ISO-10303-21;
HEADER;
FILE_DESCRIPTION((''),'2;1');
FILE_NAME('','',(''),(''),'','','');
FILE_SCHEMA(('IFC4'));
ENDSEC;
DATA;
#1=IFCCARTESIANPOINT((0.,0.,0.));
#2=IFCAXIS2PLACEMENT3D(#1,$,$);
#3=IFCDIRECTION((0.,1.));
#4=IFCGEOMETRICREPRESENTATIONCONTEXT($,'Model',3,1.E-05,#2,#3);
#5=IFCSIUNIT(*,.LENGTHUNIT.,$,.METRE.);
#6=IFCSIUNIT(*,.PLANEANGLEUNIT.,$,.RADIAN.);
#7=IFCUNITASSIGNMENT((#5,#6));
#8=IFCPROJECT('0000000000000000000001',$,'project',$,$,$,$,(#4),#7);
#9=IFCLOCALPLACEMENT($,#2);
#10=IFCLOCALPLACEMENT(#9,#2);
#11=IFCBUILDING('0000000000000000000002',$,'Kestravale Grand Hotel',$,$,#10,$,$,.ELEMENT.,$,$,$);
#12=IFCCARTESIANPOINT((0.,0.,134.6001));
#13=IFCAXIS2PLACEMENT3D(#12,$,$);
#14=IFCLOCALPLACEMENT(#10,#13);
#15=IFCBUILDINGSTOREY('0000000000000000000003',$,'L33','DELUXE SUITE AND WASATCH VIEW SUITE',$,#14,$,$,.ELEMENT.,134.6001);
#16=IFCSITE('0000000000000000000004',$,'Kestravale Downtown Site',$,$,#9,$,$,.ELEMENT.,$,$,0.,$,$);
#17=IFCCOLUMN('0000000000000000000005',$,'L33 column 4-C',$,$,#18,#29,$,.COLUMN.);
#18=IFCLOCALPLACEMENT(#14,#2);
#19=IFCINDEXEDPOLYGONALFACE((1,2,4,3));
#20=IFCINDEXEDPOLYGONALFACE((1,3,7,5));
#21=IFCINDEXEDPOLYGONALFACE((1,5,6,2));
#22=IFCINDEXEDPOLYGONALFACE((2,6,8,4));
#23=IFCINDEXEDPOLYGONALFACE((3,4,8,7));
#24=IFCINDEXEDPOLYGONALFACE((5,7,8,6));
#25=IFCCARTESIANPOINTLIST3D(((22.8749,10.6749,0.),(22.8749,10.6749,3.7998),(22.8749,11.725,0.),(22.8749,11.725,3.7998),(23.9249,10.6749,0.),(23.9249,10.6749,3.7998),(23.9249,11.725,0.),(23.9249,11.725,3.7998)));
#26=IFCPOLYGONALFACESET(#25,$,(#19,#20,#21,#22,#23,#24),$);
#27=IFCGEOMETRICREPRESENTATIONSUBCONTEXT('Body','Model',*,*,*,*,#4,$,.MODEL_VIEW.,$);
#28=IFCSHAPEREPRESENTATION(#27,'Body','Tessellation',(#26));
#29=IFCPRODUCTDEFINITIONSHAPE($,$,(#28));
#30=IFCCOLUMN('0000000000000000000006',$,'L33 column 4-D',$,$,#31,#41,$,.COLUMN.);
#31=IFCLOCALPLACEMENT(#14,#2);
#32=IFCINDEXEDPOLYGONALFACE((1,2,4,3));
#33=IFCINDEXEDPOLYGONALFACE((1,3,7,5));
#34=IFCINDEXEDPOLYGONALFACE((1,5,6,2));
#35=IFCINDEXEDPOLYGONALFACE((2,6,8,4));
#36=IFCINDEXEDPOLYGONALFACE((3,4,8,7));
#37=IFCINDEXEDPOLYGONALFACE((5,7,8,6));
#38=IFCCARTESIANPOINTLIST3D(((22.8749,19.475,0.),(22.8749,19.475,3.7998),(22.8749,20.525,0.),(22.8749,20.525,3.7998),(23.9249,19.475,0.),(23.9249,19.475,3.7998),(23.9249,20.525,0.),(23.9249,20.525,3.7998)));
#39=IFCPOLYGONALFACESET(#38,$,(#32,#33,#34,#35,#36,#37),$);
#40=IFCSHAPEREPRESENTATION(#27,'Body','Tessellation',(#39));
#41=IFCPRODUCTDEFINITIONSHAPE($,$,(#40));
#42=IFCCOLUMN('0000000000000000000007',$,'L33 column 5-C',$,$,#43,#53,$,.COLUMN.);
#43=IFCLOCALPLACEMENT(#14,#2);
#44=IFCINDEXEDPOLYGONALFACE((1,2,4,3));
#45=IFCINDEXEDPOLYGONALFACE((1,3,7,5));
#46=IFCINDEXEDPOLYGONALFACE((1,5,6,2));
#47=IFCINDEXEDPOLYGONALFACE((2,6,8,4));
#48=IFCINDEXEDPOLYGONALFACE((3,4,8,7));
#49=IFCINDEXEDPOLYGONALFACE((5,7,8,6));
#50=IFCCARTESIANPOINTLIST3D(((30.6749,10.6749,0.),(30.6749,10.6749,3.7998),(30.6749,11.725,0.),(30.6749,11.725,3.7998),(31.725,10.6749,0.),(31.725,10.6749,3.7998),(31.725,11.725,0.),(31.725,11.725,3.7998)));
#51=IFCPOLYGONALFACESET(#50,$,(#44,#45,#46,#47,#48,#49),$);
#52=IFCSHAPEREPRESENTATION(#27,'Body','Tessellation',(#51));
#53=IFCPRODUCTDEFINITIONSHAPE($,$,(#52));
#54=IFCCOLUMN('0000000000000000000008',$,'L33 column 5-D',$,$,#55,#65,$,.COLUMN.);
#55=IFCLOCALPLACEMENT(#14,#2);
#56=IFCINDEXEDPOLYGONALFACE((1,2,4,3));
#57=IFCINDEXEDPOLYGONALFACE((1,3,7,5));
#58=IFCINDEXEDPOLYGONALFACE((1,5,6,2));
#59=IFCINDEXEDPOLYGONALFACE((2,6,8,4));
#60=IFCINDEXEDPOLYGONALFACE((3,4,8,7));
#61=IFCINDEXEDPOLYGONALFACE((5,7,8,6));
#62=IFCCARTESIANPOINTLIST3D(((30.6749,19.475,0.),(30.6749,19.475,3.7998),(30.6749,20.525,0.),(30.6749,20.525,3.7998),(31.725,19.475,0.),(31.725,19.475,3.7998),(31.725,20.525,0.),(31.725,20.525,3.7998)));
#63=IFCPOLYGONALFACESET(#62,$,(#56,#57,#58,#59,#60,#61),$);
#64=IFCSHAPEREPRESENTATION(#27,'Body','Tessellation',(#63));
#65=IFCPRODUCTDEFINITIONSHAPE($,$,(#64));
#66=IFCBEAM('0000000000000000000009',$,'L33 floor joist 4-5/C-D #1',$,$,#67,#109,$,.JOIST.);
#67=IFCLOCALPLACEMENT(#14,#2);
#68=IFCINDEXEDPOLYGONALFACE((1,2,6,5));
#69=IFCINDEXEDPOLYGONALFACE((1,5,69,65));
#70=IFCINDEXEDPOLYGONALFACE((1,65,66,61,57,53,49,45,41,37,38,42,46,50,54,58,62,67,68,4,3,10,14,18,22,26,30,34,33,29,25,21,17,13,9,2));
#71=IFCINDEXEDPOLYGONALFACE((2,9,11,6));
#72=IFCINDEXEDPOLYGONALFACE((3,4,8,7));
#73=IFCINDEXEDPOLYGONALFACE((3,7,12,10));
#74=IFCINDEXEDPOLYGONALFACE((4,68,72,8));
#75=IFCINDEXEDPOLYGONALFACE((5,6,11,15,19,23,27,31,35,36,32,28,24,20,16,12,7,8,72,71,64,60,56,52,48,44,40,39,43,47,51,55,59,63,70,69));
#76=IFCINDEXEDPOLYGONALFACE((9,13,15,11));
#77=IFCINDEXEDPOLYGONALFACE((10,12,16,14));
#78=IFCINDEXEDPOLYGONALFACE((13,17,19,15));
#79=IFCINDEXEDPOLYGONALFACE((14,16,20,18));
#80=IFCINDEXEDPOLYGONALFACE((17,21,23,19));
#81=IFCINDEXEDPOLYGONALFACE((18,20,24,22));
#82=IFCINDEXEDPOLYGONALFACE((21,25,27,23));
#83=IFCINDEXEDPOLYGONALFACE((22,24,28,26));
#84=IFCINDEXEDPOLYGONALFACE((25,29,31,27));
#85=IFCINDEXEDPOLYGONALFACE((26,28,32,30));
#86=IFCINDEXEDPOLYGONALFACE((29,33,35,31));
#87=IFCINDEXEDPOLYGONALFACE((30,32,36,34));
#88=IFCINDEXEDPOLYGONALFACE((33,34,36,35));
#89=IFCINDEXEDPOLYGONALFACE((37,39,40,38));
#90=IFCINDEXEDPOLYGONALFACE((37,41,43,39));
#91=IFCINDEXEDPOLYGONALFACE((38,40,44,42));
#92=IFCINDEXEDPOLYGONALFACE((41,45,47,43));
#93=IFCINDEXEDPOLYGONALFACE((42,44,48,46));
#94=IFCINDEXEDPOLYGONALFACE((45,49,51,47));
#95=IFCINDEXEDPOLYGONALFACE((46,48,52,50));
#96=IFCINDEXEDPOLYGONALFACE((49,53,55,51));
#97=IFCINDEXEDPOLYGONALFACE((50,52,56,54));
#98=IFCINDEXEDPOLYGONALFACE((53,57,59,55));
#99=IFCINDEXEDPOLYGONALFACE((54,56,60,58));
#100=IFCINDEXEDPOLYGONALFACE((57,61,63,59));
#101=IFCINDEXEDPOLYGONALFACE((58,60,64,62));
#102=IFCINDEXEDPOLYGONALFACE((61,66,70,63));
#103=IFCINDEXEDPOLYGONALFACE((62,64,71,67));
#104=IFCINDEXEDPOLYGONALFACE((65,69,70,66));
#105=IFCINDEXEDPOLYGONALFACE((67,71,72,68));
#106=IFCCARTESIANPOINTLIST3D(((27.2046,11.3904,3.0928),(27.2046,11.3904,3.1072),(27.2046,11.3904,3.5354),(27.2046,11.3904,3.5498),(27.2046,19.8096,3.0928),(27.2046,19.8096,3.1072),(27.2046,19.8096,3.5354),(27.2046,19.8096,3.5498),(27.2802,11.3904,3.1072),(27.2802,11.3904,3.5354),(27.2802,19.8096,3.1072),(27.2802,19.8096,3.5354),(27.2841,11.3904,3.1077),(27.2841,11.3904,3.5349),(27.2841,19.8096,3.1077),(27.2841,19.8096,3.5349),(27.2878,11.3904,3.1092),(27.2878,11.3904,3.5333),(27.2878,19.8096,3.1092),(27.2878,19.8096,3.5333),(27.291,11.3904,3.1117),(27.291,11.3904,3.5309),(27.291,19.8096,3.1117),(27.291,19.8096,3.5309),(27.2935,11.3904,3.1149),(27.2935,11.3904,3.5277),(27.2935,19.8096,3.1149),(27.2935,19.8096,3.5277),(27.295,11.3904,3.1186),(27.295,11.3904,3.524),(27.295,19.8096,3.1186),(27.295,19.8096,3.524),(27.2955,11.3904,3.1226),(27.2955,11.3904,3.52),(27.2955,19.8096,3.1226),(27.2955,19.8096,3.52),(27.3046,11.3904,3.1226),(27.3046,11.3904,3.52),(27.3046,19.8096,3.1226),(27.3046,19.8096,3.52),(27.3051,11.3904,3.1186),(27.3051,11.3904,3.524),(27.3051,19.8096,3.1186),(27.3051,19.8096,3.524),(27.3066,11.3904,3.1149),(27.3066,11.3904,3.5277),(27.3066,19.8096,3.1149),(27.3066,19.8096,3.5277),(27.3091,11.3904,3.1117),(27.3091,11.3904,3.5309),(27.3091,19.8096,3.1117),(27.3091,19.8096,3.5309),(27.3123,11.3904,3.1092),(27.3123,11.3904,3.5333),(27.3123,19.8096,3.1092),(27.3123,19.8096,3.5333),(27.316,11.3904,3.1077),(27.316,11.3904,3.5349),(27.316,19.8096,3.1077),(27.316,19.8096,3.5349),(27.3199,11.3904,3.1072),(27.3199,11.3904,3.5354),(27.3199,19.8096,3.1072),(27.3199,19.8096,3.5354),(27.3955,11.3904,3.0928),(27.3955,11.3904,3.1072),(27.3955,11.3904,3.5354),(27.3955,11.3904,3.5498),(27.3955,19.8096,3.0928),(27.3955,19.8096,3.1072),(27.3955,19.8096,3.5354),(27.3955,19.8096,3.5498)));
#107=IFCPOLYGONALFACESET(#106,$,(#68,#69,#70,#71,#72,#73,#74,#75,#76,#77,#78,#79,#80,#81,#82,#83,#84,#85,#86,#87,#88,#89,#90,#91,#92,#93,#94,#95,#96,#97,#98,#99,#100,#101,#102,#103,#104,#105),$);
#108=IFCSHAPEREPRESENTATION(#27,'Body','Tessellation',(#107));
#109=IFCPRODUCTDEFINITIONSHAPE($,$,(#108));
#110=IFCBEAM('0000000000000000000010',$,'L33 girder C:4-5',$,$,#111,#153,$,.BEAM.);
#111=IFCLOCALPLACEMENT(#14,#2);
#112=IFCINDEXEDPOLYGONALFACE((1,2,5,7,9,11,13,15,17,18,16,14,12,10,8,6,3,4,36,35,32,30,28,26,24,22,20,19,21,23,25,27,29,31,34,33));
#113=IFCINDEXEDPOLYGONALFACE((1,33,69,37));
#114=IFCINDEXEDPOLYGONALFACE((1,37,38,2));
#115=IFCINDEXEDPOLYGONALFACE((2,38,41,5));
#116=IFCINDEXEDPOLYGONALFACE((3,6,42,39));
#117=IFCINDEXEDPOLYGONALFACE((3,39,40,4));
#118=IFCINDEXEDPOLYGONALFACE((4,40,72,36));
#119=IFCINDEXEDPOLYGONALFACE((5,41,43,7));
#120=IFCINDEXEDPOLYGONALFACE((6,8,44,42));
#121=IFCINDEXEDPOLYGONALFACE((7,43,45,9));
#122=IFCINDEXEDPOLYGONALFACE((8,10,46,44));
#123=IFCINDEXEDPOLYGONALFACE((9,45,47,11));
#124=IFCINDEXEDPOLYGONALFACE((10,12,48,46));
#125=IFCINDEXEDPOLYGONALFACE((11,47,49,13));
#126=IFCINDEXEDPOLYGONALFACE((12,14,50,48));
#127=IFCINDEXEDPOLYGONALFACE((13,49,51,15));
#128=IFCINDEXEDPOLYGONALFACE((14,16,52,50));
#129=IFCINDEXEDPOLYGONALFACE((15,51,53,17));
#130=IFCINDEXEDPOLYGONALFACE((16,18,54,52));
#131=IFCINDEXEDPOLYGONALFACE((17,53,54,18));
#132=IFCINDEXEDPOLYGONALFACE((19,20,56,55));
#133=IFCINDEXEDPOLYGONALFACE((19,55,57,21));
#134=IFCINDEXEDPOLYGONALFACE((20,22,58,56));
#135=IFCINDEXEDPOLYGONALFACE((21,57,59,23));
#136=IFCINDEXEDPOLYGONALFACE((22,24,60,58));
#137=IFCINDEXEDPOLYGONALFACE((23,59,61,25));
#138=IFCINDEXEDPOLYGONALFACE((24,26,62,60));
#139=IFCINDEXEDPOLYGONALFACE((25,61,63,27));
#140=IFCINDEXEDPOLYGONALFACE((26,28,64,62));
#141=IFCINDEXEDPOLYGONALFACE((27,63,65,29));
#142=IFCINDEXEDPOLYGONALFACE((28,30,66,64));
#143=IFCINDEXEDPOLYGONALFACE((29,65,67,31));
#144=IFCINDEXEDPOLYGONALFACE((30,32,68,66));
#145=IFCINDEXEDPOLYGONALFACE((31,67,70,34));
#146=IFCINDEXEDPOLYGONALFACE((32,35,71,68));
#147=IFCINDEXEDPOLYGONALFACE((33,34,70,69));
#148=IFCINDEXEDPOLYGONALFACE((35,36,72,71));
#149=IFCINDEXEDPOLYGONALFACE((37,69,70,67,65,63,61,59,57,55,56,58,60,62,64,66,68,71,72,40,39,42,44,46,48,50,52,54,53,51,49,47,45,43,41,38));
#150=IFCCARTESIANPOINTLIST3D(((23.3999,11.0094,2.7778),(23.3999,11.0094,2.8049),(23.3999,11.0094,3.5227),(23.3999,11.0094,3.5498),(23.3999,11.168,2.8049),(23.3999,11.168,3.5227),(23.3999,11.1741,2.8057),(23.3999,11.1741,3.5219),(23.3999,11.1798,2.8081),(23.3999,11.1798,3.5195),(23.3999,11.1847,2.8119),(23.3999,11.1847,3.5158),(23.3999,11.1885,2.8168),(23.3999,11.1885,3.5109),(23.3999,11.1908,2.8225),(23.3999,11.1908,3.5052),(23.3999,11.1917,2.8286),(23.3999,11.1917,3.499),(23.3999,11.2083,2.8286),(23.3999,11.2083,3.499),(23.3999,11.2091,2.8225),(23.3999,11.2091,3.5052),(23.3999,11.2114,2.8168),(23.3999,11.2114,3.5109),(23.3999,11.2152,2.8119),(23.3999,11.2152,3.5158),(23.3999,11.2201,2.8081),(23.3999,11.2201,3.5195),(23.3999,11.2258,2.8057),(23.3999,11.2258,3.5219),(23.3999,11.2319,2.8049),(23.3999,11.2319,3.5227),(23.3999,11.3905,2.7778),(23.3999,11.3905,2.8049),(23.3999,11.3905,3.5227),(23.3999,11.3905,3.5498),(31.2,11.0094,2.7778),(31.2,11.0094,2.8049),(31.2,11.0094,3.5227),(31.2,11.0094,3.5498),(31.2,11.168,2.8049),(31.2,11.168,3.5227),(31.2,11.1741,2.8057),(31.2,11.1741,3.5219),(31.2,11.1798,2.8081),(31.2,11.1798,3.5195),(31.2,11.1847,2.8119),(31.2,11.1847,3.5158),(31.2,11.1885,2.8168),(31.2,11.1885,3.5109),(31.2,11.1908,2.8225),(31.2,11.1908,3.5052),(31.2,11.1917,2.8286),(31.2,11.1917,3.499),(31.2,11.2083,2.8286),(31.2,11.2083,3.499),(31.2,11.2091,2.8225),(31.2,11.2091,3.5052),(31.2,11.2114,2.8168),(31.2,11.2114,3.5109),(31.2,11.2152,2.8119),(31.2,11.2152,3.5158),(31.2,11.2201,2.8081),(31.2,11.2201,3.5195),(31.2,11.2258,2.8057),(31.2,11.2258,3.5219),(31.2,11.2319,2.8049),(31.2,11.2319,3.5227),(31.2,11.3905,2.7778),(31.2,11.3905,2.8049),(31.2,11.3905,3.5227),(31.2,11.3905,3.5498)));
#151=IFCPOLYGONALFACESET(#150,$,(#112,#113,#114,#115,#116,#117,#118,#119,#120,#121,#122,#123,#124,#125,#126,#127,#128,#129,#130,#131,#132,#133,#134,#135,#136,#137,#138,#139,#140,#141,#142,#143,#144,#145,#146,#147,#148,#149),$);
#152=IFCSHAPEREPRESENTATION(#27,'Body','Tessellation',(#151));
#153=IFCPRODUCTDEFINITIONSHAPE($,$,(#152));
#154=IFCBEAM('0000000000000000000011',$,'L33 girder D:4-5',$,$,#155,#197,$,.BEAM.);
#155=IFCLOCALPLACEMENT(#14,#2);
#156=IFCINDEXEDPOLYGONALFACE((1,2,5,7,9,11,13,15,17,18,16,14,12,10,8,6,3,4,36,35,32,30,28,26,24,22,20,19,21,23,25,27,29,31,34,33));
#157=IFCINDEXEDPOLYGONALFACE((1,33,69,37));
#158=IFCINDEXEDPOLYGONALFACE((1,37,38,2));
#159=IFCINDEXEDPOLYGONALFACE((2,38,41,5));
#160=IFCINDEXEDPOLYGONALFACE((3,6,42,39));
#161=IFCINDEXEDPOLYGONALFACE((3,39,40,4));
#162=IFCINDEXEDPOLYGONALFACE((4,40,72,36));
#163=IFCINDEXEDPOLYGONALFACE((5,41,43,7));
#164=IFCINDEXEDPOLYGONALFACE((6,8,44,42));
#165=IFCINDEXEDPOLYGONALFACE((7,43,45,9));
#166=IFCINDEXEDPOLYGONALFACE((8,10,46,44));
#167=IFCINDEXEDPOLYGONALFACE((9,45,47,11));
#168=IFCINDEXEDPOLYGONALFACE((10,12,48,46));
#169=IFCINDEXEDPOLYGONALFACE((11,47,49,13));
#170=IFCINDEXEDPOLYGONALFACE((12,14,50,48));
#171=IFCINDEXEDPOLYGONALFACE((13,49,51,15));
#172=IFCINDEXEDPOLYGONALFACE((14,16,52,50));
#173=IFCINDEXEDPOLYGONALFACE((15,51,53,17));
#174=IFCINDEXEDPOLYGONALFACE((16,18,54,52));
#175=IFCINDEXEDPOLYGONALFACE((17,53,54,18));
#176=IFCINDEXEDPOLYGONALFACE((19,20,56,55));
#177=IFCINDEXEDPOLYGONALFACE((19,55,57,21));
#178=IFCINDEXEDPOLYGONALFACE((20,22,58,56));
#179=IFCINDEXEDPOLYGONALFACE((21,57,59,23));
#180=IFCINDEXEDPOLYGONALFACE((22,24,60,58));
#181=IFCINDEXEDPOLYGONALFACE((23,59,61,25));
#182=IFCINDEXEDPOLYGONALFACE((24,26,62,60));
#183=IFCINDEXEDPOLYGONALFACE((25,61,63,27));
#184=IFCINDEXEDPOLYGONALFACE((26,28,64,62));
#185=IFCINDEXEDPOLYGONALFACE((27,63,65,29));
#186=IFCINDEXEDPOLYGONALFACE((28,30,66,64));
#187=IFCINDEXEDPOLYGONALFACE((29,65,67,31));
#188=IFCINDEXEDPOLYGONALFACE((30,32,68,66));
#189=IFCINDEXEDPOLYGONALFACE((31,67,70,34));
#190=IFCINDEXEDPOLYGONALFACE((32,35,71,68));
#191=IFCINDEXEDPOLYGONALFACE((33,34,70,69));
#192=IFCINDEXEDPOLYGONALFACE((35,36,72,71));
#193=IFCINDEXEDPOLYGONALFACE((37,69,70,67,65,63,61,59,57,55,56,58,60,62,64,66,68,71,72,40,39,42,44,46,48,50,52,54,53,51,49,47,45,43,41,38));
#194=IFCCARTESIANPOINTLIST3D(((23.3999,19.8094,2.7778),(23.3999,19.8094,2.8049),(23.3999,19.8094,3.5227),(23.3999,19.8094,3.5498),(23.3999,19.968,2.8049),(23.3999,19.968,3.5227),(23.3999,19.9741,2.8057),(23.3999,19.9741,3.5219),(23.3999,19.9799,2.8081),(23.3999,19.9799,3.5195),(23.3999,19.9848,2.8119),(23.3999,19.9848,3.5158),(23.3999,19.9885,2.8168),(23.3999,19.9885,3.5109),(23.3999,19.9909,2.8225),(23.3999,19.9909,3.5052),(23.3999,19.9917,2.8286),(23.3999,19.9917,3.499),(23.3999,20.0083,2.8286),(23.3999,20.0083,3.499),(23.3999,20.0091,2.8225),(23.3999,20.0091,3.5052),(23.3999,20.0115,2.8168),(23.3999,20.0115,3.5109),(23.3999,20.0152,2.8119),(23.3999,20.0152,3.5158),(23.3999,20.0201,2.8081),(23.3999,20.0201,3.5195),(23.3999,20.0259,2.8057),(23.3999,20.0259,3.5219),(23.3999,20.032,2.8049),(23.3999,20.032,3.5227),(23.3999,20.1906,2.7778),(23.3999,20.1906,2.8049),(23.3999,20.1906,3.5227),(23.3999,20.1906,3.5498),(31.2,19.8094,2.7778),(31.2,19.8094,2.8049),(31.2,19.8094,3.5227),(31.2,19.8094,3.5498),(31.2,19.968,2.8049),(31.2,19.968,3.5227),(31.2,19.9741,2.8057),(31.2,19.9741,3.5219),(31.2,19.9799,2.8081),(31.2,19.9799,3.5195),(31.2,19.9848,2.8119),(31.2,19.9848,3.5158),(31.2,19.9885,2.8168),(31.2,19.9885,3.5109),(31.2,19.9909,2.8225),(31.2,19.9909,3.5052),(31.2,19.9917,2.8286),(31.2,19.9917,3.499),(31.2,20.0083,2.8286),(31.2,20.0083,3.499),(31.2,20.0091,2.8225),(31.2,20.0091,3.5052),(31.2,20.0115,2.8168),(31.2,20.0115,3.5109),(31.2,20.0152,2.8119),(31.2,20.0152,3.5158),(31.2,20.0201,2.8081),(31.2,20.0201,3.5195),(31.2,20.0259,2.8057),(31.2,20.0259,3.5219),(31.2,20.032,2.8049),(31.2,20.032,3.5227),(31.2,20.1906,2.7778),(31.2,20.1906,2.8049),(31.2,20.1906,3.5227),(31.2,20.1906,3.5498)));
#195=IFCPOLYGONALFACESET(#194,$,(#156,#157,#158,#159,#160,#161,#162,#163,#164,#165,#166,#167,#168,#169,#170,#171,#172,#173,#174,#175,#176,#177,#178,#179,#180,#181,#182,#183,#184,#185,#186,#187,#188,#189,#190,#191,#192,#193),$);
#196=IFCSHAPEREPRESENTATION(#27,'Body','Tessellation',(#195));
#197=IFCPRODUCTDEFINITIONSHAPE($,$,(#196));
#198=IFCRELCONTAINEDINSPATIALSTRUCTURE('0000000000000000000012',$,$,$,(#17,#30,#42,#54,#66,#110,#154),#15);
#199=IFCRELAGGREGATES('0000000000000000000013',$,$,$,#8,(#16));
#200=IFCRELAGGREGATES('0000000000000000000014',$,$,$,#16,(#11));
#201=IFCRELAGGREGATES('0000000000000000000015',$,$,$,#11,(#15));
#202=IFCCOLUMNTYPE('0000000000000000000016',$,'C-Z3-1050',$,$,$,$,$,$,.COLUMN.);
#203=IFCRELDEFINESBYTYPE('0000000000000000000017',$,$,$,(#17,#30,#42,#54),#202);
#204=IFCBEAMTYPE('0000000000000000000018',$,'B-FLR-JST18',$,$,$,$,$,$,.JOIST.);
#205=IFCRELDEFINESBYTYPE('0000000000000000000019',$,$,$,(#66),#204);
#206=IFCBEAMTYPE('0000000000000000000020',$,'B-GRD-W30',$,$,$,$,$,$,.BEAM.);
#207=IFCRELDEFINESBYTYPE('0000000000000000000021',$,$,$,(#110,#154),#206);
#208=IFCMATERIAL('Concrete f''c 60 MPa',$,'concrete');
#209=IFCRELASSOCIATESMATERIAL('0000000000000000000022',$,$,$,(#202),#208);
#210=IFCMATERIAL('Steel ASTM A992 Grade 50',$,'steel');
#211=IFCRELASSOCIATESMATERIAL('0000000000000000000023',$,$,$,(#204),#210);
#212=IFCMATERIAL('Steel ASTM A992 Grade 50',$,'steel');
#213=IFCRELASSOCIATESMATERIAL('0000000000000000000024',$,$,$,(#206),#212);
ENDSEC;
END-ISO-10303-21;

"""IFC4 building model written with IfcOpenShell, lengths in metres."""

from ifc_helpers import new_model, si_unit, direction, frame, origin, origin_2d, place, context, subcontext, project, spatial, rectangle, i_section, extrude, material, material_profile, profile_set, type_object, element, save


model = new_model("IFC4")

# Units and contexts
model_context = context("Model", 3, precision=1e-05, world=origin(), true_north=direction((0.0, 1.0)))
body_context = subcontext(model_context, "Body", "Model", "MODEL_VIEW")
ifc_project = project(units=[si_unit("LENGTHUNIT", "METRE"), si_unit("PLANEANGLEUNIT", "RADIAN")], contexts=[model_context])

# Site, building, storey
site_placement = place(None, origin())
site = spatial("IfcSite", under=ifc_project, at=site_placement, Name="Kestravale Downtown Site", CompositionType="ELEMENT", RefElevation=0.0)
building_placement = place(site_placement, origin())
building = spatial("IfcBuilding", under=site, at=building_placement, Name="Kestravale Grand Hotel", CompositionType="ELEMENT")
storey_placement = place(building_placement, frame((0.0, 0.0, 134.6001)))
storey = spatial("IfcBuildingStorey", under=building, at=storey_placement, Name="L33", Description="DELUXE SUITE AND WASATCH VIEW SUITE", CompositionType="ELEMENT", Elevation=134.6001)

# Columns
ifc_material_1 = material(Name="Concrete f'c 60 MPa", Category="concrete")
ifc_material_profile_1 = material_profile(ifc_material_1, rectangle(XDim=1.05, YDim=1.05, at=origin_2d()))
ifc_profile_set_1 = profile_set([ifc_material_profile_1], Name="Concrete f'c 60 MPa")
column_type = type_object("IfcColumnType", Name="C-Z3-1050", PredefinedType="COLUMN", material=ifc_profile_set_1)
for number, where, z_axis, x_axis, name in (
    (1, (23.3999, 11.2, 0.0), (0.0, 0.0, 1.0), (1.0, 0.0, 0.0), "L33 column 4-C"),
    (2, (23.3999, 20.0, 0.0), (0.0, 0.0, 1.0), (1.0, 0.0, 0.0), "L33 column 4-D"),
    (3, (31.2, 11.2, 0.0), (0.0, 0.0, 1.0), (1.0, 0.0, 0.0), "L33 column 5-C"),
    (4, (31.2, 20.0, 0.0), (0.0, 0.0, 1.0), (1.0, 0.0, 0.0), "L33 column 5-D"),
):
    element("IfcColumn", number, at=place(storey_placement, frame(where, z_axis=z_axis, x_axis=x_axis)), inside=storey, type_object=column_type, Name=name, PredefinedType="COLUMN", context=body_context, shape_type="SweptSolid", body=[
        extrude(rectangle(XDim=1.05, YDim=1.05, at=origin_2d()), origin(), (0.0, 0.0, 1.0), 3.7998),
    ])

# Beams
ifc_material_2 = material(Name="Steel ASTM A992 Grade 50", Category="steel")
ifc_material_profile_2 = material_profile(ifc_material_2, i_section(OverallWidth=0.1909, OverallDepth=0.457, WebThickness=0.009, FlangeThickness=0.0144, FilletRadius=0.0154, at=origin_2d()))
ifc_profile_set_2 = profile_set([ifc_material_profile_2], Name="Steel ASTM A992 Grade 50")
beam_type_1 = type_object("IfcBeamType", Name="B-FLR-JST18", PredefinedType="JOIST", material=ifc_profile_set_2)
beam_1_placement = place(storey_placement, frame((27.3, 11.3904, 3.3213), z_axis=(0.0, 1.0, 0.0), x_axis=(-1.0, 0.0, 0.0)))
element("IfcBeam", 5, at=beam_1_placement, inside=storey, type_object=beam_type_1, Name="L33 floor joist 4-5/C-D #1", PredefinedType="JOIST", context=body_context, shape_type="SweptSolid", body=[
    extrude(i_section(OverallWidth=0.1909, OverallDepth=0.457, WebThickness=0.009, FlangeThickness=0.0144, FilletRadius=0.0154, at=origin_2d()), origin(), (0.0, 0.0, 1.0), 8.4192),
])
ifc_material_3 = material(Name="Steel ASTM A992 Grade 50", Category="steel")
ifc_material_profile_3 = material_profile(ifc_material_3, i_section(OverallWidth=0.3811, OverallDepth=0.772, WebThickness=0.0166, FlangeThickness=0.0271, FilletRadius=0.0237, at=origin_2d()))
ifc_profile_set_3 = profile_set([ifc_material_profile_3], Name="Steel ASTM A992 Grade 50")
beam_type_2 = type_object("IfcBeamType", Name="B-GRD-W30", PredefinedType="BEAM", material=ifc_profile_set_3)
for number, where, z_axis, x_axis, name in (
    (6, (23.3999, 11.2, 3.1638), (1.0, 0.0, 0.0), (0.0, 1.0, 0.0), "L33 girder C:4-5"),
    (7, (23.3999, 20.0, 3.1638), (1.0, 0.0, 0.0), (0.0, 1.0, 0.0), "L33 girder D:4-5"),
):
    element("IfcBeam", number, at=place(storey_placement, frame(where, z_axis=z_axis, x_axis=x_axis)), inside=storey, type_object=beam_type_2, Name=name, PredefinedType="BEAM", context=body_context, shape_type="SweptSolid", body=[
        extrude(i_section(OverallWidth=0.3811, OverallDepth=0.772, WebThickness=0.0166, FlangeThickness=0.0271, FilletRadius=0.0237, at=origin_2d()), origin(), (0.0, 0.0, 1.0), 7.8),
    ])

save(model, "model.ifc")
